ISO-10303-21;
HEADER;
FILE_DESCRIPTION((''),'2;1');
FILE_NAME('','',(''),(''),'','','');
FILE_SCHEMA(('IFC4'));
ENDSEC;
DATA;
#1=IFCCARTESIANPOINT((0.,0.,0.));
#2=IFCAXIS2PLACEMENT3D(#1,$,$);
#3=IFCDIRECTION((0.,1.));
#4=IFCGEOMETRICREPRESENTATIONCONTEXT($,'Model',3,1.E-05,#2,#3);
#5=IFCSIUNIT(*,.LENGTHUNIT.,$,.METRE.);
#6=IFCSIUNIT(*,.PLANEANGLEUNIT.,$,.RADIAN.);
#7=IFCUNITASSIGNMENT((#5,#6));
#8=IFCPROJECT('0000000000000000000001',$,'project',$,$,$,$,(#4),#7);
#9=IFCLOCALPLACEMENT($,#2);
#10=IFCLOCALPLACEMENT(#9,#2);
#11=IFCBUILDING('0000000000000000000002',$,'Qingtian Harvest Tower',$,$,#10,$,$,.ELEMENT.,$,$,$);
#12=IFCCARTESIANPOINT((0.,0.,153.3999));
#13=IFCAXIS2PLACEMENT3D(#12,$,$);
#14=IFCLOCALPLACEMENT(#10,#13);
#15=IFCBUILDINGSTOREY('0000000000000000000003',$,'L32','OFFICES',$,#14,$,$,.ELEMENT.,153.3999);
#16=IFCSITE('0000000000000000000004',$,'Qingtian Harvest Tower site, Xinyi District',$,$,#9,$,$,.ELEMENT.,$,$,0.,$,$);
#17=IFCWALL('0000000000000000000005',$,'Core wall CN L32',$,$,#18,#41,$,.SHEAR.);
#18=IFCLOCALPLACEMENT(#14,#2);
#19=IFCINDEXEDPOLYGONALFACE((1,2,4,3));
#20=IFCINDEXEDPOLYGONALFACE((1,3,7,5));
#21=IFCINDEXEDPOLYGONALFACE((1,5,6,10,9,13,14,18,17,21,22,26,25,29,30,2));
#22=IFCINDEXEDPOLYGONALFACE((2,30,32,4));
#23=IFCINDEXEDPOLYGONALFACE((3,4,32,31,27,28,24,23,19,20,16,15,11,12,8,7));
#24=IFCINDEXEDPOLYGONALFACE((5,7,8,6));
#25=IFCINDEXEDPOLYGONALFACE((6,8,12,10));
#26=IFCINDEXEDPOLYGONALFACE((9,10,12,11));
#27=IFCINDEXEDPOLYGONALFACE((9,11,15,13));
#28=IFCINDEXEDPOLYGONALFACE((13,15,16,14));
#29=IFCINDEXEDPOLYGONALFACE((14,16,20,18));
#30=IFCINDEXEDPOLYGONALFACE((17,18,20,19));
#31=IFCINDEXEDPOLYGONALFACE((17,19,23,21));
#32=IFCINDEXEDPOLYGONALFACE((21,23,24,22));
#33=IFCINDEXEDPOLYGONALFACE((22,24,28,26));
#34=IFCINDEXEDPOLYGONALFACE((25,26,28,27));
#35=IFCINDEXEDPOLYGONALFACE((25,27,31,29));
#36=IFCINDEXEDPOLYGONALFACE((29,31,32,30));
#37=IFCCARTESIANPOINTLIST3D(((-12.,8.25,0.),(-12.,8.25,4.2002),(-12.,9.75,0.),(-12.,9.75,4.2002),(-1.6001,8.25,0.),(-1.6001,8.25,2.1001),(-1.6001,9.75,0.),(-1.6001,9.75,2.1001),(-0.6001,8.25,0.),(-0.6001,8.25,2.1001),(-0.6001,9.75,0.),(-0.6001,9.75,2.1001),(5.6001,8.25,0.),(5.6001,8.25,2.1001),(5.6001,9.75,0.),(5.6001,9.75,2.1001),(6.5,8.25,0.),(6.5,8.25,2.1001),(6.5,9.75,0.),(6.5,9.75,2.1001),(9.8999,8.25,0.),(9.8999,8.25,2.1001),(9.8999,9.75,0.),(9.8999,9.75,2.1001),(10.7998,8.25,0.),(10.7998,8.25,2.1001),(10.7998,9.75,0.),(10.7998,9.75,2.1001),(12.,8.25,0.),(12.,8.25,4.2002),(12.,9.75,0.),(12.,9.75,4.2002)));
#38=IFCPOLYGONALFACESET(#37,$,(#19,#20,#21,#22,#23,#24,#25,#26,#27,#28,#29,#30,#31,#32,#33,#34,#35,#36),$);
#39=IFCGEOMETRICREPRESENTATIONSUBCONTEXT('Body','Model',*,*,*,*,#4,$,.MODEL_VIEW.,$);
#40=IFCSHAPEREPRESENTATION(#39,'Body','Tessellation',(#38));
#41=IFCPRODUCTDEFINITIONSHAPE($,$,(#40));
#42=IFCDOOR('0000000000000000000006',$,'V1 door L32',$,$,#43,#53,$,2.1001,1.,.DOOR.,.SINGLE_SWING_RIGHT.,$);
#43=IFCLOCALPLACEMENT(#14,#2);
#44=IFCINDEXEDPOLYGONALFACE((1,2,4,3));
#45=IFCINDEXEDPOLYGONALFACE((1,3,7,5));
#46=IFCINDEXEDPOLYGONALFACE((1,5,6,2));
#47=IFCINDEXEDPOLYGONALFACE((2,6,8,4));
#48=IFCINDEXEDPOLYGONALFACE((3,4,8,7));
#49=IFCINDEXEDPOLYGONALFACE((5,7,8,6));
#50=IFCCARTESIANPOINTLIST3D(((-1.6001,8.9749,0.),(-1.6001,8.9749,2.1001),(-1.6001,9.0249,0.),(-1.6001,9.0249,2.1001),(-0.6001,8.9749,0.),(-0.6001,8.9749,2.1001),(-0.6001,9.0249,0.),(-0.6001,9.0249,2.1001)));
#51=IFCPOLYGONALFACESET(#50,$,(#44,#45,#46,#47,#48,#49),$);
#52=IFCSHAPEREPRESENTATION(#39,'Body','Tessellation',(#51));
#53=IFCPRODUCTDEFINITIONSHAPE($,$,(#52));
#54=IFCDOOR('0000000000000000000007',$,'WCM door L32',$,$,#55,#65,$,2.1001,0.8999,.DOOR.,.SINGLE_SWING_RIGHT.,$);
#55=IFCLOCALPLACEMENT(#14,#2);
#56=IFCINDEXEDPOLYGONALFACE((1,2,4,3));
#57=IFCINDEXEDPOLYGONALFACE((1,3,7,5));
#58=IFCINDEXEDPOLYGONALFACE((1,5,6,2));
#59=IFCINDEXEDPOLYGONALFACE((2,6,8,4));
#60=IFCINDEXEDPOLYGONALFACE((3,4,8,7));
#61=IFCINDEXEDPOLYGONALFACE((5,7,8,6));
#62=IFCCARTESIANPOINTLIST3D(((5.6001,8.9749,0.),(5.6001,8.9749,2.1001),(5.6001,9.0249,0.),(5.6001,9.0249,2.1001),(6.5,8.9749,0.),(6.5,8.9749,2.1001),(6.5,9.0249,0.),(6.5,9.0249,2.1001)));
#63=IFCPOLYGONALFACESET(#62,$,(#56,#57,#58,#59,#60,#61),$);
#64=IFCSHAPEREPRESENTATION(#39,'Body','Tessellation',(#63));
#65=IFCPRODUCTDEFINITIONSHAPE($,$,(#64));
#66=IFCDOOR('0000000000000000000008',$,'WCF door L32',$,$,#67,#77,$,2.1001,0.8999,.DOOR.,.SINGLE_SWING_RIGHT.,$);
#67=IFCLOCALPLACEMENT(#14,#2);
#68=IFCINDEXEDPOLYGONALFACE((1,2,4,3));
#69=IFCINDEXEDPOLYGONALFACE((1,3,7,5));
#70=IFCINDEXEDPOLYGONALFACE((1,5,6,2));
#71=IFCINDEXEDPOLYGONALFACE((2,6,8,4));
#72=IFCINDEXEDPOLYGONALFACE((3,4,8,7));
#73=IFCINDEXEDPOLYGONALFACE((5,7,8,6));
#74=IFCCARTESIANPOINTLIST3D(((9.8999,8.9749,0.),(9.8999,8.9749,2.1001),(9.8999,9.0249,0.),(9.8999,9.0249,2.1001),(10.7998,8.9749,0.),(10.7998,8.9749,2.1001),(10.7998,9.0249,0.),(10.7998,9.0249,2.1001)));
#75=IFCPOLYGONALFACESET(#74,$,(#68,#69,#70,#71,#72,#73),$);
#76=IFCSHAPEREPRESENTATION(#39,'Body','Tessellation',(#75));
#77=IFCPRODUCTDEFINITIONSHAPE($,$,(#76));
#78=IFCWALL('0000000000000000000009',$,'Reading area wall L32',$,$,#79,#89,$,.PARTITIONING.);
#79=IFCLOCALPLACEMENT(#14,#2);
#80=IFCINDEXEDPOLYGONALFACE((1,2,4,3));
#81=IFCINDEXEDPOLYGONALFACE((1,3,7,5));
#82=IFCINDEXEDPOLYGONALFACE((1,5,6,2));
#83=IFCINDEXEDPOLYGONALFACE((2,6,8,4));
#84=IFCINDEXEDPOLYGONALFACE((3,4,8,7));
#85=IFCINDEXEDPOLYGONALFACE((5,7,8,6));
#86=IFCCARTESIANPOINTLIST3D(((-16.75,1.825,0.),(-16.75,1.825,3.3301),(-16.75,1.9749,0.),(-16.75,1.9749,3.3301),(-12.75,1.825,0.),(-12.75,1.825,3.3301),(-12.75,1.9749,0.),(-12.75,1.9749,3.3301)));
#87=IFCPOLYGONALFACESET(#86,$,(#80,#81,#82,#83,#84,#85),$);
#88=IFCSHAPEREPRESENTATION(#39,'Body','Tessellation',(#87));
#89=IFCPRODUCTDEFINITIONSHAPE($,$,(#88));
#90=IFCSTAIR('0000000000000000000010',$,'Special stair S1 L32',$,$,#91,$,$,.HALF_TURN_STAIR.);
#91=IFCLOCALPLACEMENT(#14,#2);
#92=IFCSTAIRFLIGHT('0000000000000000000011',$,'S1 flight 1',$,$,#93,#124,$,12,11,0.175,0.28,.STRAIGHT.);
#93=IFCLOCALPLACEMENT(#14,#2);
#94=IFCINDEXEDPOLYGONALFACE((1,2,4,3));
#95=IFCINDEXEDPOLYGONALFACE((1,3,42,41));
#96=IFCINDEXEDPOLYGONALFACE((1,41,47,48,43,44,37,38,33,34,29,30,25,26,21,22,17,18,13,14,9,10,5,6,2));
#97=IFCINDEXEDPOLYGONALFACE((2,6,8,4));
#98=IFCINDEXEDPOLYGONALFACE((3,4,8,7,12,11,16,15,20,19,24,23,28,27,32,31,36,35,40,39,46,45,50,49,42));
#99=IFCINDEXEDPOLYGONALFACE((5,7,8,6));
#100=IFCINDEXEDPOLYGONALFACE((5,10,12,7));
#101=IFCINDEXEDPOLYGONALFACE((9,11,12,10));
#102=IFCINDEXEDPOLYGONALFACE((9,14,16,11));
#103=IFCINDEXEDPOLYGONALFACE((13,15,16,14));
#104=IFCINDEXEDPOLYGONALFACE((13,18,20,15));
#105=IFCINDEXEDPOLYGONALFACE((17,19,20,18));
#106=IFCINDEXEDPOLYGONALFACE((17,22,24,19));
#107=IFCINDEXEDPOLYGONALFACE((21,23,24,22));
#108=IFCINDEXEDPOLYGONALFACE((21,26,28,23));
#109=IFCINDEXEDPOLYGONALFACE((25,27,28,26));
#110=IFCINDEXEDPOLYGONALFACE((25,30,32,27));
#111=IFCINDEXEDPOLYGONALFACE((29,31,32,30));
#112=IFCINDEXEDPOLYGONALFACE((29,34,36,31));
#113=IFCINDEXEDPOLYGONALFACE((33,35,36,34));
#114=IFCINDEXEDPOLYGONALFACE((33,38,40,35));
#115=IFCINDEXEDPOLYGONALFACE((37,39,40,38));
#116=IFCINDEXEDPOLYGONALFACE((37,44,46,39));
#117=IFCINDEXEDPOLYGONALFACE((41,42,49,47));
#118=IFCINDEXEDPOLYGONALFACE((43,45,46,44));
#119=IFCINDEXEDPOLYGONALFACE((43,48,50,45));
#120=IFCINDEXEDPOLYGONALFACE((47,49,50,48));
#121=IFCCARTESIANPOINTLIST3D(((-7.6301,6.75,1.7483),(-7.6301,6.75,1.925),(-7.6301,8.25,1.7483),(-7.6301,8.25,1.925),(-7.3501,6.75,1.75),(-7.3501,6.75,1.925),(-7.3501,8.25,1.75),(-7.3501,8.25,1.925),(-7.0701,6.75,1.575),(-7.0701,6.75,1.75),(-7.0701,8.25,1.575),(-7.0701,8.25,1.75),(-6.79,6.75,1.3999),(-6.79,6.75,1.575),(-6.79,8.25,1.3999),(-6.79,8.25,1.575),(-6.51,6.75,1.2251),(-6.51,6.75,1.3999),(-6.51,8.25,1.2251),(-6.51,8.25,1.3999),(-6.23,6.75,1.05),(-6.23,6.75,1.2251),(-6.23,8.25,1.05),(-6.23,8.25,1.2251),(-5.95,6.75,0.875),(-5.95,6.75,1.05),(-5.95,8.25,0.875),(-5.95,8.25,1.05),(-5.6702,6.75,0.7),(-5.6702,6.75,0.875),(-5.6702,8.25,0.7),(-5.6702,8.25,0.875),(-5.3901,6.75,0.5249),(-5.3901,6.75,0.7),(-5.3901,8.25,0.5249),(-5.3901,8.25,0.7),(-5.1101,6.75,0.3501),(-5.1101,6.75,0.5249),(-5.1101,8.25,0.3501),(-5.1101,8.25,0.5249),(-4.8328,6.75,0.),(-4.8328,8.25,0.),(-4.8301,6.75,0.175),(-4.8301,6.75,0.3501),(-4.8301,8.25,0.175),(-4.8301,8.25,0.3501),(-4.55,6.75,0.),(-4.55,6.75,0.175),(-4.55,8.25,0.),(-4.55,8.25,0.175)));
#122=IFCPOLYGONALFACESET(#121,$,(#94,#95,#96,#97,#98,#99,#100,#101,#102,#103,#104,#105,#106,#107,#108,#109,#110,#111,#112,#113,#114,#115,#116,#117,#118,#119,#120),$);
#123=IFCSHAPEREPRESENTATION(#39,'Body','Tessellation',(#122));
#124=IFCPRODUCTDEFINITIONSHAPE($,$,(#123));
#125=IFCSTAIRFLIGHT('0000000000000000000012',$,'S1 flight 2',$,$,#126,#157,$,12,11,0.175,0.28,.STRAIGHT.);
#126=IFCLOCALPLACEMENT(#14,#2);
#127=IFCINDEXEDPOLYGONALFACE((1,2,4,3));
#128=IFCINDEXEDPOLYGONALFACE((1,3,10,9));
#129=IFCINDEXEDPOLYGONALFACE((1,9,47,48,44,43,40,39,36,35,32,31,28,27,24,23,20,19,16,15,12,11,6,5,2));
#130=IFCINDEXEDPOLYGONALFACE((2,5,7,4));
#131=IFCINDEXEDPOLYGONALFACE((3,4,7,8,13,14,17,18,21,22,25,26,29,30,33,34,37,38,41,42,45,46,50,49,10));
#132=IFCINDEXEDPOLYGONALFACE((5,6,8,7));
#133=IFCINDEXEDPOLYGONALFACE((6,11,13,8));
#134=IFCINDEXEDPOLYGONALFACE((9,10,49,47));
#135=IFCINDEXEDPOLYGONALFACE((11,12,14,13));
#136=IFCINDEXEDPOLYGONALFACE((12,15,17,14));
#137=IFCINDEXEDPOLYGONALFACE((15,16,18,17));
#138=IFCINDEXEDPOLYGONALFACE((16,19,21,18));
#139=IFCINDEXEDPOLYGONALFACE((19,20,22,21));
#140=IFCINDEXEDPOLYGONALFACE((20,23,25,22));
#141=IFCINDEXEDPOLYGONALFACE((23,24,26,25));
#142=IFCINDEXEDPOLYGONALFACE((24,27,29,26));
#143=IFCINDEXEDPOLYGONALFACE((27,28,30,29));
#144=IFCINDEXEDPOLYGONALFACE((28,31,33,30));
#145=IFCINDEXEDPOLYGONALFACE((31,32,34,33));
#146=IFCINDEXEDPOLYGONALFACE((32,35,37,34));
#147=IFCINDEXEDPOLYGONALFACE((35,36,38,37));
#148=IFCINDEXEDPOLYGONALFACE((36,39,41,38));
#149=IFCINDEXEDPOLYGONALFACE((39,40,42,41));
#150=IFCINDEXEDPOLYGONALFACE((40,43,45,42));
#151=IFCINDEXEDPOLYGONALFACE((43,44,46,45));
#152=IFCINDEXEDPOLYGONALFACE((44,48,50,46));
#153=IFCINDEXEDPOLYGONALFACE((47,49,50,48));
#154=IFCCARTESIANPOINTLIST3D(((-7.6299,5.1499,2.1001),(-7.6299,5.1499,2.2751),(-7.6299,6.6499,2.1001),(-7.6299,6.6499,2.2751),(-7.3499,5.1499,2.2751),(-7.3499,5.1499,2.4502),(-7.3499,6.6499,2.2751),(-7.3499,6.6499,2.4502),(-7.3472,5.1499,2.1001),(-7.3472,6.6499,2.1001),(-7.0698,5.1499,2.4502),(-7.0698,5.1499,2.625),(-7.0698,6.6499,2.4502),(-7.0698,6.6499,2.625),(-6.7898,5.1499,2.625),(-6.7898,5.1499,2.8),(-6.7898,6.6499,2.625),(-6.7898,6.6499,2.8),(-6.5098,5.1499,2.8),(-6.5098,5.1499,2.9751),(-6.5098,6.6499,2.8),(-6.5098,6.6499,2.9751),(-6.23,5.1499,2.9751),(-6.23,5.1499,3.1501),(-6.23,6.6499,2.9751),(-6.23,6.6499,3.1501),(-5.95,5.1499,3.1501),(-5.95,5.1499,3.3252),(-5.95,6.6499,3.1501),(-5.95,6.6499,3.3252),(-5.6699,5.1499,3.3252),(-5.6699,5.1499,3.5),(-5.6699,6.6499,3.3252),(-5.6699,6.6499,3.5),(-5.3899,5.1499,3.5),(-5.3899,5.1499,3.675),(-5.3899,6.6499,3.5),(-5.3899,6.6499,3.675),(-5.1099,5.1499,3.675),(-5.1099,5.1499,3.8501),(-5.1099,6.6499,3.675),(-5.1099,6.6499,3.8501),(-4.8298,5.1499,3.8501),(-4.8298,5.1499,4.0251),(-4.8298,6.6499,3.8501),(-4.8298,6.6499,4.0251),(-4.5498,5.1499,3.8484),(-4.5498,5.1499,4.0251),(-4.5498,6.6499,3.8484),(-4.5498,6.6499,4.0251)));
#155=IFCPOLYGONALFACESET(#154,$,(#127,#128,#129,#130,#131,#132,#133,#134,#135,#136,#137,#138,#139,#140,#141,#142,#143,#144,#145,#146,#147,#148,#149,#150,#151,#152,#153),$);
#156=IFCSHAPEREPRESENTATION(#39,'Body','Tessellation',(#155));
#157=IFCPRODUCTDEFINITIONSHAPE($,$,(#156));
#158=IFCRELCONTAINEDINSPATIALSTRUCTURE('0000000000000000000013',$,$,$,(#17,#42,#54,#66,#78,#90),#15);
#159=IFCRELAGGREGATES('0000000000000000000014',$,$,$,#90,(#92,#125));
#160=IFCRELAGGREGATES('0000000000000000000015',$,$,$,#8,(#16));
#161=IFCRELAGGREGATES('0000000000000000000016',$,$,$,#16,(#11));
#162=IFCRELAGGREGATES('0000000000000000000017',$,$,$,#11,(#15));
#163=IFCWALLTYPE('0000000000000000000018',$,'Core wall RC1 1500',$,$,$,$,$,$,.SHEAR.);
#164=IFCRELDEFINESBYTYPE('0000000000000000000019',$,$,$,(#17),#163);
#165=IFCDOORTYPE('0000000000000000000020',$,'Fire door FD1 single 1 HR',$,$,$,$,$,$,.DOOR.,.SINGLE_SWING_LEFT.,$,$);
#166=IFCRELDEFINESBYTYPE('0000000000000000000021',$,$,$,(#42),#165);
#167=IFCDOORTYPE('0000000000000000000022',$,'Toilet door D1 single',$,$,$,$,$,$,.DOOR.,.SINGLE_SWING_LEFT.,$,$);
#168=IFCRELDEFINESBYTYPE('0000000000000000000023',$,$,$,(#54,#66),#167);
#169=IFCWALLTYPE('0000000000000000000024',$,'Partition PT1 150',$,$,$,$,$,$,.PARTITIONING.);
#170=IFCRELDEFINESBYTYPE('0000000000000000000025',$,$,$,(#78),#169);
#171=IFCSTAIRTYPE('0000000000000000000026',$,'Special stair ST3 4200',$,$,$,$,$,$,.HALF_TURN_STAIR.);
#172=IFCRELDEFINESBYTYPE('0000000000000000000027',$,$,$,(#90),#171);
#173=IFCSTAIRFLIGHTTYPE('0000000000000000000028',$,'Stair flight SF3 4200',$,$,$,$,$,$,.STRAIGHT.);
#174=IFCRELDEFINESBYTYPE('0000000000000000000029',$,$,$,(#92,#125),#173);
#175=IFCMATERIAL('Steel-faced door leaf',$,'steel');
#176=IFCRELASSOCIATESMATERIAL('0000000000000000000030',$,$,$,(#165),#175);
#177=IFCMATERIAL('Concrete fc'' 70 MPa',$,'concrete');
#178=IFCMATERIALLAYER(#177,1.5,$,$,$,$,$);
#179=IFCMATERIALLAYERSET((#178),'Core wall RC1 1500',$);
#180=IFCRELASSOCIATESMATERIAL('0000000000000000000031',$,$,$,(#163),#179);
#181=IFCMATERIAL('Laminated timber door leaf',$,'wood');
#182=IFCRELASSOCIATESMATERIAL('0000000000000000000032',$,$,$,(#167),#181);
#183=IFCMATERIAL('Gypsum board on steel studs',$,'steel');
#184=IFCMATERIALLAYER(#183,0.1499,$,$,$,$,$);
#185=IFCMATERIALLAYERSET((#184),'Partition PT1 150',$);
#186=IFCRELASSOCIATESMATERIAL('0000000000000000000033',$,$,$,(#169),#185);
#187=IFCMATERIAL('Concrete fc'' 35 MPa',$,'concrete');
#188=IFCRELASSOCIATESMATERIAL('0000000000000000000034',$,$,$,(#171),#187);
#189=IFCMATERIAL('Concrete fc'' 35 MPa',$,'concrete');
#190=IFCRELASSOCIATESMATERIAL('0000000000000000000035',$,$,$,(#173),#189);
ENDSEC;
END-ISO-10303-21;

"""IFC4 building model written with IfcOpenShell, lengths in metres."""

from ifc_helpers import new_model, si_unit, direction, frame, frame_2d, origin, place, context, subcontext, project, spatial, polyline, rectangle, outline, extrude, material, layer, layer_set, type_object, element, fill, aggregate, save


model = new_model("IFC4")

# Units and contexts
model_context = context("Model", 3, precision=1e-05, world=origin(), true_north=direction((0.0, 1.0)))
body_context = subcontext(model_context, "Body", "Model", "MODEL_VIEW")
ifc_project = project(units=[si_unit("LENGTHUNIT", "METRE"), si_unit("PLANEANGLEUNIT", "RADIAN")], contexts=[model_context])

# Site, building, storey
site_placement = place(None, origin())
site = spatial("IfcSite", under=ifc_project, at=site_placement, Name="Qingtian Harvest Tower site, Xinyi District", CompositionType="ELEMENT", RefElevation=0.0)
building_placement = place(site_placement, origin())
building = spatial("IfcBuilding", under=site, at=building_placement, Name="Qingtian Harvest Tower", CompositionType="ELEMENT")
storey_placement = place(building_placement, frame((0.0, 0.0, 153.3999)))
storey = spatial("IfcBuildingStorey", under=building, at=storey_placement, Name="L32", Description="OFFICES", CompositionType="ELEMENT", Elevation=153.3999)

# Shared definitions
ifc_material_1 = material(Name="Steel-faced door leaf", Category="steel")
door_type_1 = type_object("IfcDoorType", Name="Fire door FD1 single 1 HR", OperationType="SINGLE_SWING_LEFT", PredefinedType="DOOR", material=ifc_material_1)

# Wall, openings, doors
ifc_material_2 = material(Name="Concrete fc' 70 MPa", Category="concrete")
ifc_layer_1 = layer(ifc_material_2, 1.5)
ifc_layer_set_1 = layer_set([ifc_layer_1], Name="Core wall RC1 1500")
wall_type_1 = type_object("IfcWallType", Name="Core wall RC1 1500", PredefinedType="SHEAR", material=ifc_layer_set_1)
wall_1_placement = place(storey_placement, frame((-12.0, 9.0, 0.0), z_axis=(0.0, 0.0, 1.0), x_axis=(1.0, 0.0, 0.0)))
wall_1 = element("IfcWall", 1, at=wall_1_placement, inside=storey, type_object=wall_type_1, Name="Core wall CN L32", PredefinedType="SHEAR", context=body_context, shape_type="SweptSolid", body=[
    extrude(rectangle(XDim=24.0, YDim=1.5, at=frame_2d((12.0, 0.0))), origin(), (0.0, 0.0, 1.0), 4.2002),
])
opening_1_placement = place(wall_1_placement, frame((10.3999, 0.0, 0.0)))
opening_1 = element("IfcOpeningElement", 2, at=opening_1_placement, cuts=wall_1, PredefinedType="OPENING", context=body_context, shape_type="SweptSolid", body=[
    extrude(rectangle(XDim=1.0, YDim=2.1001, at=frame_2d((0.5, 1.05))), frame((0.0, 0.76, 0.0), z_axis=(0.0, -1.0, 0.0), x_axis=(1.0, 0.0, 0.0)), (0.0, 0.0, 1.0), 1.52),
])
opening_2_placement = place(wall_1_placement, frame((17.6001, 0.0, 0.0)))
opening_2 = element("IfcOpeningElement", 3, at=opening_2_placement, cuts=wall_1, PredefinedType="OPENING", context=body_context, shape_type="SweptSolid", body=[
    extrude(rectangle(XDim=0.8999, YDim=2.1001, at=frame_2d((0.45, 1.05))), frame((0.0, 0.76, 0.0), z_axis=(0.0, -1.0, 0.0), x_axis=(1.0, 0.0, 0.0)), (0.0, 0.0, 1.0), 1.52),
])
opening_3_placement = place(wall_1_placement, frame((21.8999, 0.0, 0.0)))
opening_3 = element("IfcOpeningElement", 4, at=opening_3_placement, cuts=wall_1, PredefinedType="OPENING", context=body_context, shape_type="SweptSolid", body=[
    extrude(rectangle(XDim=0.8999, YDim=2.1001, at=frame_2d((0.45, 1.05))), frame((0.0, 0.76, 0.0), z_axis=(0.0, -1.0, 0.0), x_axis=(1.0, 0.0, 0.0)), (0.0, 0.0, 1.0), 1.52),
])
door_1_placement = place(opening_1_placement, origin())
door_1 = element("IfcDoor", 5, at=door_1_placement, inside=storey, type_object=door_type_1, Name="V1 door L32", OperationType="SINGLE_SWING_RIGHT", OverallHeight=2.1001, OverallWidth=1.0, PredefinedType="DOOR", context=body_context, shape_type="SweptSolid", body=[
    extrude(rectangle(XDim=1.0, YDim=2.1001, at=frame_2d((0.5, 1.05))), frame((0.0, 0.0249, 0.0), z_axis=(0.0, -1.0, 0.0), x_axis=(1.0, 0.0, 0.0)), (0.0, 0.0, 1.0), 0.05),
])
fill(opening_1, door_1)
ifc_material_3 = material(Name="Laminated timber door leaf", Category="wood")
door_type_2 = type_object("IfcDoorType", Name="Toilet door D1 single", OperationType="SINGLE_SWING_LEFT", PredefinedType="DOOR", material=ifc_material_3)
door_2_placement = place(opening_2_placement, origin())
door_2 = element("IfcDoor", 6, at=door_2_placement, inside=storey, type_object=door_type_2, Name="WCM door L32", OperationType="SINGLE_SWING_RIGHT", OverallHeight=2.1001, OverallWidth=0.8999, PredefinedType="DOOR", context=body_context, shape_type="SweptSolid", body=[
    extrude(rectangle(XDim=0.8999, YDim=2.1001, at=frame_2d((0.45, 1.05))), frame((0.0, 0.0249, 0.0), z_axis=(0.0, -1.0, 0.0), x_axis=(1.0, 0.0, 0.0)), (0.0, 0.0, 1.0), 0.05),
])
fill(opening_2, door_2)
door_3_placement = place(opening_3_placement, origin())
door_3 = element("IfcDoor", 7, at=door_3_placement, inside=storey, type_object=door_type_2, Name="WCF door L32", OperationType="SINGLE_SWING_RIGHT", OverallHeight=2.1001, OverallWidth=0.8999, PredefinedType="DOOR", context=body_context, shape_type="SweptSolid", body=[
    extrude(rectangle(XDim=0.8999, YDim=2.1001, at=frame_2d((0.45, 1.05))), frame((0.0, 0.0249, 0.0), z_axis=(0.0, -1.0, 0.0), x_axis=(1.0, 0.0, 0.0)), (0.0, 0.0, 1.0), 0.05),
])
fill(opening_3, door_3)

# Wall
ifc_material_4 = material(Name="Gypsum board on steel studs", Category="steel")
ifc_layer_2 = layer(ifc_material_4, 0.1499)
ifc_layer_set_2 = layer_set([ifc_layer_2], Name="Partition PT1 150")
wall_type_2 = type_object("IfcWallType", Name="Partition PT1 150", PredefinedType="PARTITIONING", material=ifc_layer_set_2)
wall_2_placement = place(storey_placement, frame((-12.75, 1.8999, 0.0), z_axis=(0.0, 0.0, 1.0), x_axis=(-1.0, 0.0, 0.0)))
element("IfcWall", 8, at=wall_2_placement, inside=storey, type_object=wall_type_2, Name="Reading area wall L32", PredefinedType="PARTITIONING", context=body_context, shape_type="SweptSolid", body=[
    extrude(rectangle(XDim=4.0, YDim=0.1499, at=frame_2d((2.0, 0.0))), origin(), (0.0, 0.0, 1.0), 3.3301),
])

# Stair, stair flights
ifc_material_5 = material(Name="Concrete fc' 35 MPa", Category="concrete")
stair_type = type_object("IfcStairType", Name="Special stair ST3 4200", PredefinedType="HALF_TURN_STAIR", material=ifc_material_5)
stair_placement = place(storey_placement, origin())
stair = element("IfcStair", 9, at=stair_placement, inside=storey, type_object=stair_type, Name="Special stair S1 L32", PredefinedType="HALF_TURN_STAIR")
ifc_material_6 = material(Name="Concrete fc' 35 MPa", Category="concrete")
stair_flight_type = type_object("IfcStairFlightType", Name="Stair flight SF3 4200", PredefinedType="STRAIGHT", material=ifc_material_6)
stair_flight_1_placement = place(storey_placement, frame((-4.55, 7.5, 0.0), z_axis=(0.0, 0.0, 1.0), x_axis=(-1.0, 0.0, 0.0)))
stair_flight_1 = element("IfcStairFlight", 10, at=stair_flight_1_placement, type_object=stair_flight_type, Name="S1 flight 1", NumberOfRisers=12, NumberOfTreads=11, PredefinedType="STRAIGHT", RiserHeight=0.175, TreadLength=0.28, context=body_context, shape_type="SweptSolid", body=[
    extrude(outline(polyline([(0.0, 0.0), (0.0, 0.175), (0.28, 0.175), (0.28, 0.3501), (0.5601, 0.3501), (0.5601, 0.5249), (0.8401, 0.5249), (0.8401, 0.7), (1.1201, 0.7), (1.1201, 0.875), (1.3999, 0.875), (1.3999, 1.05), (1.6799, 1.05), (1.6799, 1.2251), (1.96, 1.2251), (1.96, 1.3999), (2.24, 1.3999), (2.24, 1.575), (2.52, 1.575), (2.52, 1.75), (2.8, 1.75), (2.8, 1.925), (3.0801, 1.925), (3.0801, 2.1001), (3.0801, 1.7483), (0.2827, 0.0), (0.0, 0.0)])), frame((0.0, 0.75, 0.0), z_axis=(0.0, -1.0, 0.0), x_axis=(1.0, 0.0, 0.0)), (0.0, 0.0, 1.0), 1.5),
])
stair_flight_2_placement = place(storey_placement, frame((-7.6299, 5.8999, 2.1001), z_axis=(0.0, 0.0, 1.0), x_axis=(1.0, 0.0, 0.0)))
stair_flight_2 = element("IfcStairFlight", 11, at=stair_flight_2_placement, type_object=stair_flight_type, Name="S1 flight 2", NumberOfRisers=12, NumberOfTreads=11, PredefinedType="STRAIGHT", RiserHeight=0.175, TreadLength=0.28, context=body_context, shape_type="SweptSolid", body=[
    extrude(outline(polyline([(0.0, 0.0), (0.0, 0.175), (0.28, 0.175), (0.28, 0.3501), (0.5601, 0.3501), (0.5601, 0.5249), (0.8401, 0.5249), (0.8401, 0.7), (1.1201, 0.7), (1.1201, 0.875), (1.3999, 0.875), (1.3999, 1.05), (1.6799, 1.05), (1.6799, 1.2251), (1.96, 1.2251), (1.96, 1.3999), (2.24, 1.3999), (2.24, 1.575), (2.52, 1.575), (2.52, 1.75), (2.8, 1.75), (2.8, 1.925), (3.0801, 1.925), (3.0801, 2.1001), (3.0801, 1.7483), (0.2827, 0.0), (0.0, 0.0)])), frame((0.0, 0.75, 0.0), z_axis=(0.0, -1.0, 0.0), x_axis=(1.0, 0.0, 0.0)), (0.0, 0.0, 1.0), 1.5),
])
aggregate(stair, [stair_flight_1, stair_flight_2])

save(model, "model.ifc")
